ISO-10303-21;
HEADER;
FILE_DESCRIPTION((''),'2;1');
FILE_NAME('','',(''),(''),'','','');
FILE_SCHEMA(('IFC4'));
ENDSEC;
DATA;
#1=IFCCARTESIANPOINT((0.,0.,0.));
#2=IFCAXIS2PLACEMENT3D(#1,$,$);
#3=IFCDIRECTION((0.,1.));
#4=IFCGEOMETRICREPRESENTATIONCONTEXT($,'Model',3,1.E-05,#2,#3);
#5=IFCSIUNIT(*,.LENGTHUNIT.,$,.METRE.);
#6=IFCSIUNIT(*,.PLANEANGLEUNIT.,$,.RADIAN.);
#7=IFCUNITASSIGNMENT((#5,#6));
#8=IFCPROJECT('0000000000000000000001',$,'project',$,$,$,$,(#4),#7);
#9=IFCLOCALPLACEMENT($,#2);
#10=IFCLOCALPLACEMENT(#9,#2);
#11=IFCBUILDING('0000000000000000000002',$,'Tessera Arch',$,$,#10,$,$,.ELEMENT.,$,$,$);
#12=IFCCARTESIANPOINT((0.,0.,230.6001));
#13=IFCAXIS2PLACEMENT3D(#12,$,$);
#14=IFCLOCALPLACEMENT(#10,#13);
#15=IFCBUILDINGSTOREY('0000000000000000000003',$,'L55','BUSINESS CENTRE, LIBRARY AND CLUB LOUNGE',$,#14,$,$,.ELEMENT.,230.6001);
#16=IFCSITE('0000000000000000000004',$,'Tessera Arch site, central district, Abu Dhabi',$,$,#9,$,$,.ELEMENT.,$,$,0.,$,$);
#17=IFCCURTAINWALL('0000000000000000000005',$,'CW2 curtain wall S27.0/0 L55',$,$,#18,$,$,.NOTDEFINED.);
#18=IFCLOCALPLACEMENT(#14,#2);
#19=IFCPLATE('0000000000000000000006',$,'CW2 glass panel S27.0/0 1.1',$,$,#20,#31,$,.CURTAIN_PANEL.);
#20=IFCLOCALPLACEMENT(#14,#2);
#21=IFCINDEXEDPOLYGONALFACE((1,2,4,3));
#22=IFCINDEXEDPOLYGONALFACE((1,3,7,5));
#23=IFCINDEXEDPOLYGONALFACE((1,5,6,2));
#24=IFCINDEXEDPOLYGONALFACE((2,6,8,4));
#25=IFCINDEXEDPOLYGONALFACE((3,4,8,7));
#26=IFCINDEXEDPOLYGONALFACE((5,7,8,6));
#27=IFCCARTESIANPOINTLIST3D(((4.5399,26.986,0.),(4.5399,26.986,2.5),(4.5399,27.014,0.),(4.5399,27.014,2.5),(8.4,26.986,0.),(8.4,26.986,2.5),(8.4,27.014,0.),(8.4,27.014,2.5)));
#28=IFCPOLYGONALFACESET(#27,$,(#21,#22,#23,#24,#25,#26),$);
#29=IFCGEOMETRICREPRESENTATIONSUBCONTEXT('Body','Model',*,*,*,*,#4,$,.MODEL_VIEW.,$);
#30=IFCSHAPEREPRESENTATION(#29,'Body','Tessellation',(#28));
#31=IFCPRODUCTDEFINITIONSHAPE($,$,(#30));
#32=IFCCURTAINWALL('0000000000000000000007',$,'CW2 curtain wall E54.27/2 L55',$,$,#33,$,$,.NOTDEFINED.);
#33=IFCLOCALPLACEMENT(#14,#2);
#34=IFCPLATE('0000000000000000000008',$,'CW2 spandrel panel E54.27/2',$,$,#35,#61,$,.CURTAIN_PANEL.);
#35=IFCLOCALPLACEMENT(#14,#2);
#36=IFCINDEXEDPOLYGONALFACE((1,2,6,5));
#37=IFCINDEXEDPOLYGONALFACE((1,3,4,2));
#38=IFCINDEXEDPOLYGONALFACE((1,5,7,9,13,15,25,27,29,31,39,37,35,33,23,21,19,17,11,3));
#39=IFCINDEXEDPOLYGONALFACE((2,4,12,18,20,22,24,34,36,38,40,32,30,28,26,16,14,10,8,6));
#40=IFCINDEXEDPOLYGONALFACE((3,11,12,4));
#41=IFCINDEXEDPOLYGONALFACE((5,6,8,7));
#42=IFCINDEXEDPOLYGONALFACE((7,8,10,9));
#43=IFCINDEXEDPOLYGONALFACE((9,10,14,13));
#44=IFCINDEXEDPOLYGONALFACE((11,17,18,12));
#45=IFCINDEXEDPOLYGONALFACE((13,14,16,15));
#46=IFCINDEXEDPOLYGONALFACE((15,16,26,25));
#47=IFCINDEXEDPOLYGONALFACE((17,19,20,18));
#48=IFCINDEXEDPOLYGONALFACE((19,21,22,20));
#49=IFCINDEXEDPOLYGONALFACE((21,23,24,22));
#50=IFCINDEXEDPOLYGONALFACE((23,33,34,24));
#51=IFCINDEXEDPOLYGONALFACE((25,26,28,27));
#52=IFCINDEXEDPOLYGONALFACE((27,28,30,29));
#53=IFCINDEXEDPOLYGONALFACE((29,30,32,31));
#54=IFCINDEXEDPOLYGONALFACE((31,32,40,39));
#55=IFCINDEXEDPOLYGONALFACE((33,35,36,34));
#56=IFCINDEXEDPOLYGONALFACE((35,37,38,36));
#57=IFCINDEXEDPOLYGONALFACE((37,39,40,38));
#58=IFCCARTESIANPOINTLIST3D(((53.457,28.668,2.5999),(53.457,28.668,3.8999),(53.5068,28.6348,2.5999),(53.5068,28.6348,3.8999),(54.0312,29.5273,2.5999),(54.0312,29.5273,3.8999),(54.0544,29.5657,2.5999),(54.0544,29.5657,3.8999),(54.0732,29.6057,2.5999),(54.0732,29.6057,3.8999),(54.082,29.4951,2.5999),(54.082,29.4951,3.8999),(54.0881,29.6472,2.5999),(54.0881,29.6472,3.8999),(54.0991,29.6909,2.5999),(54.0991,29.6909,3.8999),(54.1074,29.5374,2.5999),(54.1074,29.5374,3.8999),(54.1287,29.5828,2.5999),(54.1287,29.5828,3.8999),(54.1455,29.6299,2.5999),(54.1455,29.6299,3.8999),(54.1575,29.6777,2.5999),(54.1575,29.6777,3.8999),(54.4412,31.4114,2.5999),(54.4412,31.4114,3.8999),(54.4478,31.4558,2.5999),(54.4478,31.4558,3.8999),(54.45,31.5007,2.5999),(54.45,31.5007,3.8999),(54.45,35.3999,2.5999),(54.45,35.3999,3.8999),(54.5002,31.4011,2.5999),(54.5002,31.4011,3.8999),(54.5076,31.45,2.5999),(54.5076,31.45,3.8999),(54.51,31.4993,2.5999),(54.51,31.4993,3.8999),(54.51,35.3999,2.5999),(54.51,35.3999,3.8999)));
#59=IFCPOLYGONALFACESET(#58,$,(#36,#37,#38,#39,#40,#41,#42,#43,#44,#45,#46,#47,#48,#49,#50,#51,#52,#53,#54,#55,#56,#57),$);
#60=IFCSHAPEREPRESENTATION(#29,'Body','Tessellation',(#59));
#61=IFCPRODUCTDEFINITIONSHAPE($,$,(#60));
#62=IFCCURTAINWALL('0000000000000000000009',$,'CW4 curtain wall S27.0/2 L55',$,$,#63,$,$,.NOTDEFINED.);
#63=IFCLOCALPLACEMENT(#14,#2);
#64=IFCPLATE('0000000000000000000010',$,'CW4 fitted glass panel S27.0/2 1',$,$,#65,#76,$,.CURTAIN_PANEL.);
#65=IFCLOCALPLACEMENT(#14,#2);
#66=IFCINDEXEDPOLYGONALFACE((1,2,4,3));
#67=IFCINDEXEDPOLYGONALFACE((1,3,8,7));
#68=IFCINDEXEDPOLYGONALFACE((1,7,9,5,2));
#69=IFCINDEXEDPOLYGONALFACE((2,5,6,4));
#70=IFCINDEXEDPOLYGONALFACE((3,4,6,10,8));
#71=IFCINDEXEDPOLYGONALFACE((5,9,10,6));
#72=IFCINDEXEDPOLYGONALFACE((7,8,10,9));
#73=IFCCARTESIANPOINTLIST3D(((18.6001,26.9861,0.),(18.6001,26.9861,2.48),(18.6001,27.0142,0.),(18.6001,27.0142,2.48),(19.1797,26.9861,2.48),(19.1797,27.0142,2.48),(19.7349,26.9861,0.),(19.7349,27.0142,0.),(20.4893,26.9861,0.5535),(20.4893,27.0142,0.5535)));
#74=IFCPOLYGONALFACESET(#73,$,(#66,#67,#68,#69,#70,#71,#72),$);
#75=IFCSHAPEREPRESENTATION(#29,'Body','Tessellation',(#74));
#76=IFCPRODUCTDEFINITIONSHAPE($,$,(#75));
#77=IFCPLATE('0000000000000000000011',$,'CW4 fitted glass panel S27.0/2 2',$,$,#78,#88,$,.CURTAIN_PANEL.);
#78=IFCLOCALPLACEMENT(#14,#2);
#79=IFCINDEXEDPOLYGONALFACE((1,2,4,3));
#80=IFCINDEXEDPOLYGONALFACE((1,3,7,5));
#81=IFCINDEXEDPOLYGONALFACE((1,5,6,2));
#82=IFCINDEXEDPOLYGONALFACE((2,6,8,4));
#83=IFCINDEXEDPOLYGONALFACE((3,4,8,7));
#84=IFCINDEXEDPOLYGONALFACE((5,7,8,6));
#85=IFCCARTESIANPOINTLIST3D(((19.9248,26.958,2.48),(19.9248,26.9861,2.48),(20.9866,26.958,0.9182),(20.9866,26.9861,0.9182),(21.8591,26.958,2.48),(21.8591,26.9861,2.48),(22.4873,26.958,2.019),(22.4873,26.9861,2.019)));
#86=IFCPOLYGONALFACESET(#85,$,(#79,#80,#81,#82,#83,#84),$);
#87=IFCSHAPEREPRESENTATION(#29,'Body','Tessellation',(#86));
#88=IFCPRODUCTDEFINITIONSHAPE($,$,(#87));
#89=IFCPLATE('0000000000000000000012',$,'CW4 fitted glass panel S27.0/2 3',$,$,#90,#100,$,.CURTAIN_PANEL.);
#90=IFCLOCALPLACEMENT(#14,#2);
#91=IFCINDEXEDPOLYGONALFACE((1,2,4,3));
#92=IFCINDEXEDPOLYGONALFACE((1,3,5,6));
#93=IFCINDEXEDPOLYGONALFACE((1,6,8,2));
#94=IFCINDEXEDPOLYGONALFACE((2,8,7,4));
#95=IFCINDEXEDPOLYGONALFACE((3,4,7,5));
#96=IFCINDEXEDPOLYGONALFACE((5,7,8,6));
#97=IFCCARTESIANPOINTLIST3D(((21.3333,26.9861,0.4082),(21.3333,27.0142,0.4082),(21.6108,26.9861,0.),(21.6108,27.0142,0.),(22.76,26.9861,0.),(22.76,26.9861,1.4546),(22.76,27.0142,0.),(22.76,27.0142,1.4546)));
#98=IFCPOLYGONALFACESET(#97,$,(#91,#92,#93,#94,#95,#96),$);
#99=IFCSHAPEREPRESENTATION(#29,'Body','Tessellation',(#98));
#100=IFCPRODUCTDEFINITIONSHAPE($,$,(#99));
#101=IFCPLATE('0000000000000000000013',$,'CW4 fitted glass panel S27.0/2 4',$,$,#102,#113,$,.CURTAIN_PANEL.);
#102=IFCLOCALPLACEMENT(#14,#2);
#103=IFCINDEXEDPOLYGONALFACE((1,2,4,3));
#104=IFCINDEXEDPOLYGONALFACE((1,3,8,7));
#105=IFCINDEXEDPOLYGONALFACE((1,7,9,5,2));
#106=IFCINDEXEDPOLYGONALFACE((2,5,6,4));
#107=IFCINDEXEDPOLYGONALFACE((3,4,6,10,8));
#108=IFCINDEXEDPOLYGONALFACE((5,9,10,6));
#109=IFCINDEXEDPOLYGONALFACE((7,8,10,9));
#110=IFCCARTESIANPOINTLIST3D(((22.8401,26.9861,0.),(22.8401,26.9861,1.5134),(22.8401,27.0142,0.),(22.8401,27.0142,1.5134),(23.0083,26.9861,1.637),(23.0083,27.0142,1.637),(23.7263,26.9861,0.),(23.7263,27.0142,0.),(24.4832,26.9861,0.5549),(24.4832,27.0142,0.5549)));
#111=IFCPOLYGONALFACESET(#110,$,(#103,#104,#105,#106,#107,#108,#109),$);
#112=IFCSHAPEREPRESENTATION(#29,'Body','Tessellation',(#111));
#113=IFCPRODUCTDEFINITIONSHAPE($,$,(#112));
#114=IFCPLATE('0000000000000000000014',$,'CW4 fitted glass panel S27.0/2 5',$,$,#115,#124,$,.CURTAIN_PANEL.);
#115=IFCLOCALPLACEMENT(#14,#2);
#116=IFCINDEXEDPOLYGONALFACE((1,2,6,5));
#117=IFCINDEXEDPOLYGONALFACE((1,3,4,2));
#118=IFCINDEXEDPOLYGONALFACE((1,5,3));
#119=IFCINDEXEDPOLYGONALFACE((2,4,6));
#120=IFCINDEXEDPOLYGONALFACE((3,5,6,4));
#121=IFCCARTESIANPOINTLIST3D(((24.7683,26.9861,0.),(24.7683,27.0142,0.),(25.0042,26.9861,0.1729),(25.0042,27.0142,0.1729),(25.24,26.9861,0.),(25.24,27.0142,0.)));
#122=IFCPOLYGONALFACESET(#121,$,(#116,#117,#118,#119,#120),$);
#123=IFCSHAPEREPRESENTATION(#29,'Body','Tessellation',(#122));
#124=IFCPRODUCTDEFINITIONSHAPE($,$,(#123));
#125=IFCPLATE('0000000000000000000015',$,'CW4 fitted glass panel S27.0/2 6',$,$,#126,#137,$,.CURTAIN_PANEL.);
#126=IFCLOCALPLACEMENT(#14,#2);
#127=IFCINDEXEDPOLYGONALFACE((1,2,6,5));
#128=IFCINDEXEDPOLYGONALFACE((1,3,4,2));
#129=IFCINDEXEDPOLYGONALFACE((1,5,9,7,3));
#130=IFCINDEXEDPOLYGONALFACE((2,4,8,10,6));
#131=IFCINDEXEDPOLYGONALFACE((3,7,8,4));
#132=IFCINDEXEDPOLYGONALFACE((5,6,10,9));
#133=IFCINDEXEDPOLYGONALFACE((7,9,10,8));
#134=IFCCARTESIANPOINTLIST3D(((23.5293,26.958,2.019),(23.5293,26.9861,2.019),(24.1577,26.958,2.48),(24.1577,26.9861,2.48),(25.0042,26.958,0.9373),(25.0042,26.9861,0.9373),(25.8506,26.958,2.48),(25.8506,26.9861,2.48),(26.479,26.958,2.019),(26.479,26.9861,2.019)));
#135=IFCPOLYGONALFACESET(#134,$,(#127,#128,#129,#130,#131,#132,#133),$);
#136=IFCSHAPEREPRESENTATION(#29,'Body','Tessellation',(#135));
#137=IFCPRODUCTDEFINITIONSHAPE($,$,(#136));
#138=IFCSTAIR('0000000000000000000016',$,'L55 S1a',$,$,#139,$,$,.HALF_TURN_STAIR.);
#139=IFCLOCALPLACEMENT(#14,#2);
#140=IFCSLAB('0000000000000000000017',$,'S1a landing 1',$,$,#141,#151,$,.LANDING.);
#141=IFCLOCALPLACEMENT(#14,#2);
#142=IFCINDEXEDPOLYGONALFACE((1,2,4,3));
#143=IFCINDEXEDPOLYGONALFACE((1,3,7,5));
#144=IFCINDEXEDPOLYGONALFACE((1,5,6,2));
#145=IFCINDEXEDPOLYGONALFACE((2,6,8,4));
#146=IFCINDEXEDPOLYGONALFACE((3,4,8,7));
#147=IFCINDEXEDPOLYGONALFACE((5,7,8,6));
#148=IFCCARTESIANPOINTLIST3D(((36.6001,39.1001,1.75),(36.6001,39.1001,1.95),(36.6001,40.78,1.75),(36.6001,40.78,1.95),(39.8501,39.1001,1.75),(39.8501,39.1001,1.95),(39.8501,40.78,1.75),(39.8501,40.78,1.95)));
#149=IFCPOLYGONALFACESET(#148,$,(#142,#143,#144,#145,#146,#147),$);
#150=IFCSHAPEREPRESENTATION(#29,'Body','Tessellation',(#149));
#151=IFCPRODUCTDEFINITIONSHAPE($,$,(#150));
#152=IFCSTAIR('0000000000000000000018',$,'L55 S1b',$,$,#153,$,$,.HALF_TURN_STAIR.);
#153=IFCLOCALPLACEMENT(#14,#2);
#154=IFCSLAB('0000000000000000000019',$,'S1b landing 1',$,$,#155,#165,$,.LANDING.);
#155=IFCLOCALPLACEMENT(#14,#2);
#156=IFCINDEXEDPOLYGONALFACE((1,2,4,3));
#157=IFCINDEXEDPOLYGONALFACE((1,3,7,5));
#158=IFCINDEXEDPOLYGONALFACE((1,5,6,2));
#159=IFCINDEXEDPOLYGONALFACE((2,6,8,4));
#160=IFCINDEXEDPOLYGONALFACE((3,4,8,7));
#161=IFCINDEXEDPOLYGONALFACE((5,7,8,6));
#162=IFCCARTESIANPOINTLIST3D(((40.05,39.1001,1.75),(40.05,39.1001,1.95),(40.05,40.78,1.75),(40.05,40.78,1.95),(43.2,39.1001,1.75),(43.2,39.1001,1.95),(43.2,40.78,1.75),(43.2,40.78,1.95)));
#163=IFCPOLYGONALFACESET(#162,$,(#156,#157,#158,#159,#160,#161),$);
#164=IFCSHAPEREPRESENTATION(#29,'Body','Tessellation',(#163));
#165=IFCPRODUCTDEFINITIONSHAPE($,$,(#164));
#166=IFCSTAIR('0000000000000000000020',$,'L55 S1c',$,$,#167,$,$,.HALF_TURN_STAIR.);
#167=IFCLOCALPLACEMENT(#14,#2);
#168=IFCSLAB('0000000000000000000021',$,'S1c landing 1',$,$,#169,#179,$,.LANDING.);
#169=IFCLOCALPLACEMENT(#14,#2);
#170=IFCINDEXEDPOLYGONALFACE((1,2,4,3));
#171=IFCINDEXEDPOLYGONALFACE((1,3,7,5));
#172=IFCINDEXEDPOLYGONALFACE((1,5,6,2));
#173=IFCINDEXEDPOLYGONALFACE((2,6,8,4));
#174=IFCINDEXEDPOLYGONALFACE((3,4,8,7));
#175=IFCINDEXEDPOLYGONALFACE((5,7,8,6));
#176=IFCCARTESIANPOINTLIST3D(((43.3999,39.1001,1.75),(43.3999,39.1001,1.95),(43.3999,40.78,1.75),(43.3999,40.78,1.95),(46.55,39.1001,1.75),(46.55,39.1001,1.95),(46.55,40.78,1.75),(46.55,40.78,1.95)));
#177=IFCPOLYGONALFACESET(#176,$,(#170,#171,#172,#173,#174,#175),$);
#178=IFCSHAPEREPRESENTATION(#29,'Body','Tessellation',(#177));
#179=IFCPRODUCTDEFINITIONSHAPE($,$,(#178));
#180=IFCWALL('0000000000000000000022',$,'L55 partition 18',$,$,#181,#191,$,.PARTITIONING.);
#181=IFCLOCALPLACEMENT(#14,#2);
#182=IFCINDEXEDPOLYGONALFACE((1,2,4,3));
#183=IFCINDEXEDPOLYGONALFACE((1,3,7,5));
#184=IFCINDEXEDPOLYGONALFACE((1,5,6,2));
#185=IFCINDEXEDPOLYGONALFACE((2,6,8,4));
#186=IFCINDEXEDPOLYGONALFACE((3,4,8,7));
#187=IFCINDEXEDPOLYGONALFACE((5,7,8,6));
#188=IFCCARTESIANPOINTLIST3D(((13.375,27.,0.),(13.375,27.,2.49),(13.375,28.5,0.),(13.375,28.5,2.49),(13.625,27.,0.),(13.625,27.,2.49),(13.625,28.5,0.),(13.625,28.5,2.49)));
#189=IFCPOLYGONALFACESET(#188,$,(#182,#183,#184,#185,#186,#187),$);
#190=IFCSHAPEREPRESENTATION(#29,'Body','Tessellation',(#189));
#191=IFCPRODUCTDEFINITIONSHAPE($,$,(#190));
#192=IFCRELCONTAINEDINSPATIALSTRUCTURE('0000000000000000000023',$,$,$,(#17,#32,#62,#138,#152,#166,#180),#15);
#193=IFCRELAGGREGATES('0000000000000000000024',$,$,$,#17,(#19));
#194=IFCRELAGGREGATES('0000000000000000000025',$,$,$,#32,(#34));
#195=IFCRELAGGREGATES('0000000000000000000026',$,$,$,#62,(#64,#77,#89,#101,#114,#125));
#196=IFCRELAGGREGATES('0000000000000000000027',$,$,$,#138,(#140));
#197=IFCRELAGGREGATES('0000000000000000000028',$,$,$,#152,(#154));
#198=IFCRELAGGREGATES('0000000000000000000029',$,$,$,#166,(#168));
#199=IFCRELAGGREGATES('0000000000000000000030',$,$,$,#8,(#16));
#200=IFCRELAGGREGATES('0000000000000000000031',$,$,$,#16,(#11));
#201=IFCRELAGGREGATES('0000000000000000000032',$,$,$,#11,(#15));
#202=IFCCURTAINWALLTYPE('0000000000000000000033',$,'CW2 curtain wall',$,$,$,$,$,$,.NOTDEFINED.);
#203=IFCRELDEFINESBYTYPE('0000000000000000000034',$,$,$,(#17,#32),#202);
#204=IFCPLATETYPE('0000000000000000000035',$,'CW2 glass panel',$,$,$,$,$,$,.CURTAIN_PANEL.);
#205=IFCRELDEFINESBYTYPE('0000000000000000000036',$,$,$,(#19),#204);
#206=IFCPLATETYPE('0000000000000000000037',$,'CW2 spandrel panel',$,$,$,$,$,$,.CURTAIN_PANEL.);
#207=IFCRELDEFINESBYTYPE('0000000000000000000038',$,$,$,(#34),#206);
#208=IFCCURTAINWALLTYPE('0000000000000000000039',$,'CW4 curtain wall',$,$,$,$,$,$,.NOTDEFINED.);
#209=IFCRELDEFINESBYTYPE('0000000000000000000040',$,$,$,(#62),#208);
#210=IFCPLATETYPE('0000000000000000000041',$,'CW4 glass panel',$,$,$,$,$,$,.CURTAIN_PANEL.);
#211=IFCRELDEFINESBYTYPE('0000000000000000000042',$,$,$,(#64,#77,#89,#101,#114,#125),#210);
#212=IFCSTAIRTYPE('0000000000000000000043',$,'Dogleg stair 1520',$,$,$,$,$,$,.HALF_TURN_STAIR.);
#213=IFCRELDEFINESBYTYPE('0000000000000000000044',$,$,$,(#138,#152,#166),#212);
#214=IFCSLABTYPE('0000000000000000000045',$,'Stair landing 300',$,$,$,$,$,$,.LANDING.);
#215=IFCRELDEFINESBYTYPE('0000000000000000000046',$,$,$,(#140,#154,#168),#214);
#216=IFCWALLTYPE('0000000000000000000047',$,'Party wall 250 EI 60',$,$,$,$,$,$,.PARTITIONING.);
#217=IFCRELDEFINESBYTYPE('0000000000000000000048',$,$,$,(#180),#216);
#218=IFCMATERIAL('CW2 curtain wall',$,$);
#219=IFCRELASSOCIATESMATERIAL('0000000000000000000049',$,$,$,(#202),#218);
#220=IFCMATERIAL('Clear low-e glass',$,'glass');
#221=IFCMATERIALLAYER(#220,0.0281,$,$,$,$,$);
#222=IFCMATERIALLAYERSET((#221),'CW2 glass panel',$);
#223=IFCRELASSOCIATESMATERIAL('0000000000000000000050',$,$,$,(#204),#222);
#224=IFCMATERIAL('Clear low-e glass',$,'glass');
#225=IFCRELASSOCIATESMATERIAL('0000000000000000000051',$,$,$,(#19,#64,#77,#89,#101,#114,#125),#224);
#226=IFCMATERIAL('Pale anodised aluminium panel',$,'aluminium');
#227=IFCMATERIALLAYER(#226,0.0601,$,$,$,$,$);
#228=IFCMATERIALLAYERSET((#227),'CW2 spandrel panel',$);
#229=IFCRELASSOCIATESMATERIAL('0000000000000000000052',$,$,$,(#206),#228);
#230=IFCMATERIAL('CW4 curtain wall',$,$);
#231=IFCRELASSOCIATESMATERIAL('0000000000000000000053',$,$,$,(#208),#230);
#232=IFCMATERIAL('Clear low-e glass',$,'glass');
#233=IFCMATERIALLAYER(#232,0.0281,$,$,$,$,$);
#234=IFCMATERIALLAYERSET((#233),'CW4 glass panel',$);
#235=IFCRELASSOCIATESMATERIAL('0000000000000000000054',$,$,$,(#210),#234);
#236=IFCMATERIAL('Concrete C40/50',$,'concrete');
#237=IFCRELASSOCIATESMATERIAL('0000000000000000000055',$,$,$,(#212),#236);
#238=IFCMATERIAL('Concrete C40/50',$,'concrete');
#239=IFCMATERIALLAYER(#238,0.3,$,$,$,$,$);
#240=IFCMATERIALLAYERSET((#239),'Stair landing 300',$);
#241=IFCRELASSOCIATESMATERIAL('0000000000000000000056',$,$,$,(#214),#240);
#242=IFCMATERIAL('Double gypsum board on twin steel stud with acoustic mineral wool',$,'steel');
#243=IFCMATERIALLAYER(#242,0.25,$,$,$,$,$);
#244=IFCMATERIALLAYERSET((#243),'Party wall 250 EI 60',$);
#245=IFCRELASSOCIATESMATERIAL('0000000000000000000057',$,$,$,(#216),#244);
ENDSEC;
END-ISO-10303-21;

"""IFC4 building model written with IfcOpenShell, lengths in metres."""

from ifc_helpers import new_model, si_unit, direction, frame, frame_2d, origin, origin_2d, place, context, subcontext, project, spatial, polyline, rectangle, outline, extrude, material, layer, layer_set, type_object, element, aggregate, save


model = new_model("IFC4")

# Units and contexts
model_context = context("Model", 3, precision=1e-05, world=origin(), true_north=direction((0.0, 1.0)))
body_context = subcontext(model_context, "Body", "Model", "MODEL_VIEW")
ifc_project = project(units=[si_unit("LENGTHUNIT", "METRE"), si_unit("PLANEANGLEUNIT", "RADIAN")], contexts=[model_context])

# Site, building, storey
site_placement = place(None, origin())
site = spatial("IfcSite", under=ifc_project, at=site_placement, Name="Tessera Arch site, central district, Abu Dhabi", CompositionType="ELEMENT", RefElevation=0.0)
building_placement = place(site_placement, origin())
building = spatial("IfcBuilding", under=site, at=building_placement, Name="Tessera Arch", CompositionType="ELEMENT")
storey_placement = place(building_placement, frame((0.0, 0.0, 230.6001)))
storey = spatial("IfcBuildingStorey", under=building, at=storey_placement, Name="L55", Description="BUSINESS CENTRE, LIBRARY AND CLUB LOUNGE", CompositionType="ELEMENT", Elevation=230.6001)

# Curtain wall
ifc_material_1 = material(Name="CW2 curtain wall")
curtain_wall_type_1 = type_object("IfcCurtainWallType", Name="CW2 curtain wall", PredefinedType="NOTDEFINED", material=ifc_material_1)
curtain_wall_1_placement = place(storey_placement, origin())
curtain_wall_1 = element("IfcCurtainWall", 1, at=curtain_wall_1_placement, inside=storey, type_object=curtain_wall_type_1, Name="CW2 curtain wall S27.0/0 L55", PredefinedType="NOTDEFINED")

# Plate
ifc_material_2 = material(Name="Clear low-e glass", Category="glass")
ifc_material_3 = material(Name="Clear low-e glass", Category="glass")
ifc_layer_1 = layer(ifc_material_3, 0.0281)
ifc_layer_set_1 = layer_set([ifc_layer_1], Name="CW2 glass panel")
plate_type_1 = type_object("IfcPlateType", Name="CW2 glass panel", PredefinedType="CURTAIN_PANEL", material=ifc_layer_set_1)
plate_1_placement = place(storey_placement, frame((6.47, 27.0, 0.0), z_axis=(0.0, 0.0, 1.0), x_axis=(1.0, 0.0, 0.0)))
plate_1 = element("IfcPlate", 2, at=plate_1_placement, type_object=plate_type_1, material=ifc_material_2, Name="CW2 glass panel S27.0/0 1.1", PredefinedType="CURTAIN_PANEL", context=body_context, shape_type="SweptSolid", body=[
    extrude(rectangle(XDim=3.8601, YDim=0.0281, at=origin_2d()), origin(), (0.0, 0.0, 1.0), 2.5),
])
aggregate(curtain_wall_1, [plate_1])

# Curtain wall, plate
curtain_wall_2_placement = place(storey_placement, origin())
curtain_wall_2 = element("IfcCurtainWall", 3, at=curtain_wall_2_placement, inside=storey, type_object=curtain_wall_type_1, Name="CW2 curtain wall E54.27/2 L55", PredefinedType="NOTDEFINED")
ifc_material_4 = material(Name="Pale anodised aluminium panel", Category="aluminium")
ifc_layer_2 = layer(ifc_material_4, 0.0601)
ifc_layer_set_2 = layer_set([ifc_layer_2], Name="CW2 spandrel panel")
plate_type_2 = type_object("IfcPlateType", Name="CW2 spandrel panel", PredefinedType="CURTAIN_PANEL", material=ifc_layer_set_2)
plate_2_placement = place(storey_placement, frame((0.0, 0.0, 2.5999)))
plate_2 = element("IfcPlate", 4, at=plate_2_placement, type_object=plate_type_2, Name="CW2 spandrel panel E54.27/2", PredefinedType="CURTAIN_PANEL", context=body_context, shape_type="SweptSolid", body=[
    extrude(outline(polyline([(54.0312, 29.5273), (53.457, 28.668), (53.5068, 28.6348), (54.082, 29.4951), (54.1074, 29.5374), (54.1287, 29.5828), (54.1455, 29.6299), (54.1575, 29.6777), (54.5002, 31.4011), (54.5076, 31.45), (54.51, 31.4993), (54.51, 35.3999), (54.45, 35.3999), (54.45, 31.5007), (54.4478, 31.4558), (54.4412, 31.4114), (54.0991, 29.6909), (54.0881, 29.6472), (54.0732, 29.6057), (54.0544, 29.5657), (54.0312, 29.5273)])), origin(), (0.0, 0.0, 1.0), 1.3),
])
aggregate(curtain_wall_2, [plate_2])

# Curtain wall, plates
ifc_material_5 = material(Name="CW4 curtain wall")
curtain_wall_type_2 = type_object("IfcCurtainWallType", Name="CW4 curtain wall", PredefinedType="NOTDEFINED", material=ifc_material_5)
curtain_wall_3_placement = place(storey_placement, origin())
curtain_wall_3 = element("IfcCurtainWall", 5, at=curtain_wall_3_placement, inside=storey, type_object=curtain_wall_type_2, Name="CW4 curtain wall S27.0/2 L55", PredefinedType="NOTDEFINED")
ifc_material_6 = material(Name="Clear low-e glass", Category="glass")
ifc_layer_3 = layer(ifc_material_6, 0.0281)
ifc_layer_set_3 = layer_set([ifc_layer_3], Name="CW4 glass panel")
plate_type_3 = type_object("IfcPlateType", Name="CW4 glass panel", PredefinedType="CURTAIN_PANEL", material=ifc_layer_set_3)
plate_3_placement = place(storey_placement, frame((18.6001, 26.9861, 0.0), z_axis=(0.0, -1.0, 0.0), x_axis=(1.0, 0.0, 0.0)))
plate_3 = element("IfcPlate", 6, at=plate_3_placement, type_object=plate_type_3, material=ifc_material_2, Name="CW4 fitted glass panel S27.0/2 1", PredefinedType="CURTAIN_PANEL", context=body_context, shape_type="SweptSolid", body=[
    extrude(outline(polyline([(0.0, 0.0), (1.1348, 0.0), (1.8892, 0.5535), (0.5796, 2.48), (0.0, 2.48), (0.0, 0.0)])), origin(), (0.0, 0.0, -1.0), 0.0281),
])
plate_4_placement = place(storey_placement, frame((21.8591, 26.958, 2.48), z_axis=(0.0, -1.0, 0.0), x_axis=(-1.0, 0.0, 0.0)))
plate_4 = element("IfcPlate", 7, at=plate_4_placement, type_object=plate_type_3, material=ifc_material_2, Name="CW4 fitted glass panel S27.0/2 2", PredefinedType="CURTAIN_PANEL", context=body_context, shape_type="SweptSolid", body=[
    extrude(outline(polyline([(0.0, 0.0), (1.9343, 0.0), (0.8726, 1.5618), (-0.6282, 0.4609), (0.0, 0.0)])), origin(), (0.0, 0.0, -1.0), 0.0281),
])
plate_5_placement = place(storey_placement, frame((22.76, 26.9861, 0.0), z_axis=(0.0, -1.0, 0.0), x_axis=(0.0, 0.0, 1.0)))
plate_5 = element("IfcPlate", 8, at=plate_5_placement, type_object=plate_type_3, material=ifc_material_2, Name="CW4 fitted glass panel S27.0/2 3", PredefinedType="CURTAIN_PANEL", context=body_context, shape_type="SweptSolid", body=[
    extrude(outline(polyline([(0.0, 0.0), (1.4546, 0.0), (0.4082, 1.4268), (0.0, 1.1492), (0.0, 0.0)])), origin(), (0.0, 0.0, -1.0), 0.0281),
])
plate_6_placement = place(storey_placement, frame((22.8401, 26.9861, 0.0), z_axis=(0.0, -1.0, 0.0), x_axis=(1.0, 0.0, 0.0)))
plate_6 = element("IfcPlate", 9, at=plate_6_placement, type_object=plate_type_3, material=ifc_material_2, Name="CW4 fitted glass panel S27.0/2 4", PredefinedType="CURTAIN_PANEL", context=body_context, shape_type="SweptSolid", body=[
    extrude(outline(polyline([(0.0, 0.0), (0.8862, 0.0), (1.6431, 0.5549), (0.1682, 1.637), (0.0, 1.5134), (0.0, 0.0)])), origin(), (0.0, 0.0, -1.0), 0.0281),
])
plate_7_placement = place(storey_placement, frame((24.7683, 26.9861, 0.0), z_axis=(0.0, -1.0, 0.0), x_axis=(1.0, 0.0, 0.0)))
plate_7 = element("IfcPlate", 10, at=plate_7_placement, type_object=plate_type_3, material=ifc_material_2, Name="CW4 fitted glass panel S27.0/2 5", PredefinedType="CURTAIN_PANEL", context=body_context, shape_type="SweptSolid", body=[
    extrude(outline(polyline([(0.0, 0.0), (0.4717, 0.0), (0.2358, 0.1729), (0.0, 0.0)])), origin(), (0.0, 0.0, -1.0), 0.0281),
])
plate_8_placement = place(storey_placement, frame((25.8506, 26.958, 2.48), z_axis=(0.0, -1.0, 0.0), x_axis=(-1.0, 0.0, 0.0)))
plate_8 = element("IfcPlate", 11, at=plate_8_placement, type_object=plate_type_3, material=ifc_material_2, Name="CW4 fitted glass panel S27.0/2 6", PredefinedType="CURTAIN_PANEL", context=body_context, shape_type="SweptSolid", body=[
    extrude(outline(polyline([(0.0, 0.0), (1.6929, 0.0), (2.3213, 0.4609), (0.8464, 1.5427), (-0.6284, 0.4609), (0.0, 0.0)])), origin(), (0.0, 0.0, -1.0), 0.0281),
])
aggregate(curtain_wall_3, [plate_3, plate_4, plate_5, plate_6, plate_7, plate_8])

# Stairs, slabs
ifc_material_7 = material(Name="Concrete C40/50", Category="concrete")
stair_type = type_object("IfcStairType", Name="Dogleg stair 1520", PredefinedType="HALF_TURN_STAIR", material=ifc_material_7)
stair_1_placement = place(storey_placement, origin())
stair_1 = element("IfcStair", 12, at=stair_1_placement, inside=storey, type_object=stair_type, Name="L55 S1a", PredefinedType="HALF_TURN_STAIR")
ifc_material_8 = material(Name="Concrete C40/50", Category="concrete")
ifc_layer_4 = layer(ifc_material_8, 0.3)
ifc_layer_set_4 = layer_set([ifc_layer_4], Name="Stair landing 300")
slab_type = type_object("IfcSlabType", Name="Stair landing 300", PredefinedType="LANDING", material=ifc_layer_set_4)
slab_1_placement = place(storey_placement, frame((0.0, 0.0, 1.75)))
slab_1 = element("IfcSlab", 13, at=slab_1_placement, type_object=slab_type, Name="S1a landing 1", PredefinedType="LANDING", context=body_context, shape_type="SweptSolid", body=[
    extrude(outline(polyline([(36.6001, 40.78), (36.6001, 39.1001), (39.8501, 39.1001), (39.8501, 40.78), (36.6001, 40.78)])), origin(), (0.0, 0.0, 1.0), 0.2),
])
aggregate(stair_1, [slab_1])
stair_2_placement = place(storey_placement, origin())
stair_2 = element("IfcStair", 14, at=stair_2_placement, inside=storey, type_object=stair_type, Name="L55 S1b", PredefinedType="HALF_TURN_STAIR")
slab_2_placement = place(storey_placement, frame((0.0, 0.0, 1.75)))
slab_2 = element("IfcSlab", 15, at=slab_2_placement, type_object=slab_type, Name="S1b landing 1", PredefinedType="LANDING", context=body_context, shape_type="SweptSolid", body=[
    extrude(outline(polyline([(40.05, 40.78), (40.05, 39.1001), (43.2, 39.1001), (43.2, 40.78), (40.05, 40.78)])), origin(), (0.0, 0.0, 1.0), 0.2),
])
aggregate(stair_2, [slab_2])
stair_3_placement = place(storey_placement, origin())
stair_3 = element("IfcStair", 16, at=stair_3_placement, inside=storey, type_object=stair_type, Name="L55 S1c", PredefinedType="HALF_TURN_STAIR")
slab_3_placement = place(storey_placement, frame((0.0, 0.0, 1.75)))
slab_3 = element("IfcSlab", 17, at=slab_3_placement, type_object=slab_type, Name="S1c landing 1", PredefinedType="LANDING", context=body_context, shape_type="SweptSolid", body=[
    extrude(outline(polyline([(43.3999, 40.78), (43.3999, 39.1001), (46.55, 39.1001), (46.55, 40.78), (43.3999, 40.78)])), origin(), (0.0, 0.0, 1.0), 0.2),
])
aggregate(stair_3, [slab_3])

# Wall
ifc_material_9 = material(Name="Double gypsum board on twin steel stud with acoustic mineral wool", Category="steel")
ifc_layer_5 = layer(ifc_material_9, 0.25)
ifc_layer_set_5 = layer_set([ifc_layer_5], Name="Party wall 250 EI 60")
wall_type = type_object("IfcWallType", Name="Party wall 250 EI 60", PredefinedType="PARTITIONING", material=ifc_layer_set_5)
wall_placement = place(storey_placement, frame((13.5, 27.0, 0.0), z_axis=(0.0, 0.0, 1.0), x_axis=(0.0, 1.0, 0.0)))
element("IfcWall", 18, at=wall_placement, inside=storey, type_object=wall_type, Name="L55 partition 18", PredefinedType="PARTITIONING", context=body_context, shape_type="SweptSolid", body=[
    extrude(rectangle(XDim=1.5, YDim=0.25, at=frame_2d((0.75, 0.0))), origin(), (0.0, 0.0, 1.0), 2.49),
])

save(model, "model.ifc")
